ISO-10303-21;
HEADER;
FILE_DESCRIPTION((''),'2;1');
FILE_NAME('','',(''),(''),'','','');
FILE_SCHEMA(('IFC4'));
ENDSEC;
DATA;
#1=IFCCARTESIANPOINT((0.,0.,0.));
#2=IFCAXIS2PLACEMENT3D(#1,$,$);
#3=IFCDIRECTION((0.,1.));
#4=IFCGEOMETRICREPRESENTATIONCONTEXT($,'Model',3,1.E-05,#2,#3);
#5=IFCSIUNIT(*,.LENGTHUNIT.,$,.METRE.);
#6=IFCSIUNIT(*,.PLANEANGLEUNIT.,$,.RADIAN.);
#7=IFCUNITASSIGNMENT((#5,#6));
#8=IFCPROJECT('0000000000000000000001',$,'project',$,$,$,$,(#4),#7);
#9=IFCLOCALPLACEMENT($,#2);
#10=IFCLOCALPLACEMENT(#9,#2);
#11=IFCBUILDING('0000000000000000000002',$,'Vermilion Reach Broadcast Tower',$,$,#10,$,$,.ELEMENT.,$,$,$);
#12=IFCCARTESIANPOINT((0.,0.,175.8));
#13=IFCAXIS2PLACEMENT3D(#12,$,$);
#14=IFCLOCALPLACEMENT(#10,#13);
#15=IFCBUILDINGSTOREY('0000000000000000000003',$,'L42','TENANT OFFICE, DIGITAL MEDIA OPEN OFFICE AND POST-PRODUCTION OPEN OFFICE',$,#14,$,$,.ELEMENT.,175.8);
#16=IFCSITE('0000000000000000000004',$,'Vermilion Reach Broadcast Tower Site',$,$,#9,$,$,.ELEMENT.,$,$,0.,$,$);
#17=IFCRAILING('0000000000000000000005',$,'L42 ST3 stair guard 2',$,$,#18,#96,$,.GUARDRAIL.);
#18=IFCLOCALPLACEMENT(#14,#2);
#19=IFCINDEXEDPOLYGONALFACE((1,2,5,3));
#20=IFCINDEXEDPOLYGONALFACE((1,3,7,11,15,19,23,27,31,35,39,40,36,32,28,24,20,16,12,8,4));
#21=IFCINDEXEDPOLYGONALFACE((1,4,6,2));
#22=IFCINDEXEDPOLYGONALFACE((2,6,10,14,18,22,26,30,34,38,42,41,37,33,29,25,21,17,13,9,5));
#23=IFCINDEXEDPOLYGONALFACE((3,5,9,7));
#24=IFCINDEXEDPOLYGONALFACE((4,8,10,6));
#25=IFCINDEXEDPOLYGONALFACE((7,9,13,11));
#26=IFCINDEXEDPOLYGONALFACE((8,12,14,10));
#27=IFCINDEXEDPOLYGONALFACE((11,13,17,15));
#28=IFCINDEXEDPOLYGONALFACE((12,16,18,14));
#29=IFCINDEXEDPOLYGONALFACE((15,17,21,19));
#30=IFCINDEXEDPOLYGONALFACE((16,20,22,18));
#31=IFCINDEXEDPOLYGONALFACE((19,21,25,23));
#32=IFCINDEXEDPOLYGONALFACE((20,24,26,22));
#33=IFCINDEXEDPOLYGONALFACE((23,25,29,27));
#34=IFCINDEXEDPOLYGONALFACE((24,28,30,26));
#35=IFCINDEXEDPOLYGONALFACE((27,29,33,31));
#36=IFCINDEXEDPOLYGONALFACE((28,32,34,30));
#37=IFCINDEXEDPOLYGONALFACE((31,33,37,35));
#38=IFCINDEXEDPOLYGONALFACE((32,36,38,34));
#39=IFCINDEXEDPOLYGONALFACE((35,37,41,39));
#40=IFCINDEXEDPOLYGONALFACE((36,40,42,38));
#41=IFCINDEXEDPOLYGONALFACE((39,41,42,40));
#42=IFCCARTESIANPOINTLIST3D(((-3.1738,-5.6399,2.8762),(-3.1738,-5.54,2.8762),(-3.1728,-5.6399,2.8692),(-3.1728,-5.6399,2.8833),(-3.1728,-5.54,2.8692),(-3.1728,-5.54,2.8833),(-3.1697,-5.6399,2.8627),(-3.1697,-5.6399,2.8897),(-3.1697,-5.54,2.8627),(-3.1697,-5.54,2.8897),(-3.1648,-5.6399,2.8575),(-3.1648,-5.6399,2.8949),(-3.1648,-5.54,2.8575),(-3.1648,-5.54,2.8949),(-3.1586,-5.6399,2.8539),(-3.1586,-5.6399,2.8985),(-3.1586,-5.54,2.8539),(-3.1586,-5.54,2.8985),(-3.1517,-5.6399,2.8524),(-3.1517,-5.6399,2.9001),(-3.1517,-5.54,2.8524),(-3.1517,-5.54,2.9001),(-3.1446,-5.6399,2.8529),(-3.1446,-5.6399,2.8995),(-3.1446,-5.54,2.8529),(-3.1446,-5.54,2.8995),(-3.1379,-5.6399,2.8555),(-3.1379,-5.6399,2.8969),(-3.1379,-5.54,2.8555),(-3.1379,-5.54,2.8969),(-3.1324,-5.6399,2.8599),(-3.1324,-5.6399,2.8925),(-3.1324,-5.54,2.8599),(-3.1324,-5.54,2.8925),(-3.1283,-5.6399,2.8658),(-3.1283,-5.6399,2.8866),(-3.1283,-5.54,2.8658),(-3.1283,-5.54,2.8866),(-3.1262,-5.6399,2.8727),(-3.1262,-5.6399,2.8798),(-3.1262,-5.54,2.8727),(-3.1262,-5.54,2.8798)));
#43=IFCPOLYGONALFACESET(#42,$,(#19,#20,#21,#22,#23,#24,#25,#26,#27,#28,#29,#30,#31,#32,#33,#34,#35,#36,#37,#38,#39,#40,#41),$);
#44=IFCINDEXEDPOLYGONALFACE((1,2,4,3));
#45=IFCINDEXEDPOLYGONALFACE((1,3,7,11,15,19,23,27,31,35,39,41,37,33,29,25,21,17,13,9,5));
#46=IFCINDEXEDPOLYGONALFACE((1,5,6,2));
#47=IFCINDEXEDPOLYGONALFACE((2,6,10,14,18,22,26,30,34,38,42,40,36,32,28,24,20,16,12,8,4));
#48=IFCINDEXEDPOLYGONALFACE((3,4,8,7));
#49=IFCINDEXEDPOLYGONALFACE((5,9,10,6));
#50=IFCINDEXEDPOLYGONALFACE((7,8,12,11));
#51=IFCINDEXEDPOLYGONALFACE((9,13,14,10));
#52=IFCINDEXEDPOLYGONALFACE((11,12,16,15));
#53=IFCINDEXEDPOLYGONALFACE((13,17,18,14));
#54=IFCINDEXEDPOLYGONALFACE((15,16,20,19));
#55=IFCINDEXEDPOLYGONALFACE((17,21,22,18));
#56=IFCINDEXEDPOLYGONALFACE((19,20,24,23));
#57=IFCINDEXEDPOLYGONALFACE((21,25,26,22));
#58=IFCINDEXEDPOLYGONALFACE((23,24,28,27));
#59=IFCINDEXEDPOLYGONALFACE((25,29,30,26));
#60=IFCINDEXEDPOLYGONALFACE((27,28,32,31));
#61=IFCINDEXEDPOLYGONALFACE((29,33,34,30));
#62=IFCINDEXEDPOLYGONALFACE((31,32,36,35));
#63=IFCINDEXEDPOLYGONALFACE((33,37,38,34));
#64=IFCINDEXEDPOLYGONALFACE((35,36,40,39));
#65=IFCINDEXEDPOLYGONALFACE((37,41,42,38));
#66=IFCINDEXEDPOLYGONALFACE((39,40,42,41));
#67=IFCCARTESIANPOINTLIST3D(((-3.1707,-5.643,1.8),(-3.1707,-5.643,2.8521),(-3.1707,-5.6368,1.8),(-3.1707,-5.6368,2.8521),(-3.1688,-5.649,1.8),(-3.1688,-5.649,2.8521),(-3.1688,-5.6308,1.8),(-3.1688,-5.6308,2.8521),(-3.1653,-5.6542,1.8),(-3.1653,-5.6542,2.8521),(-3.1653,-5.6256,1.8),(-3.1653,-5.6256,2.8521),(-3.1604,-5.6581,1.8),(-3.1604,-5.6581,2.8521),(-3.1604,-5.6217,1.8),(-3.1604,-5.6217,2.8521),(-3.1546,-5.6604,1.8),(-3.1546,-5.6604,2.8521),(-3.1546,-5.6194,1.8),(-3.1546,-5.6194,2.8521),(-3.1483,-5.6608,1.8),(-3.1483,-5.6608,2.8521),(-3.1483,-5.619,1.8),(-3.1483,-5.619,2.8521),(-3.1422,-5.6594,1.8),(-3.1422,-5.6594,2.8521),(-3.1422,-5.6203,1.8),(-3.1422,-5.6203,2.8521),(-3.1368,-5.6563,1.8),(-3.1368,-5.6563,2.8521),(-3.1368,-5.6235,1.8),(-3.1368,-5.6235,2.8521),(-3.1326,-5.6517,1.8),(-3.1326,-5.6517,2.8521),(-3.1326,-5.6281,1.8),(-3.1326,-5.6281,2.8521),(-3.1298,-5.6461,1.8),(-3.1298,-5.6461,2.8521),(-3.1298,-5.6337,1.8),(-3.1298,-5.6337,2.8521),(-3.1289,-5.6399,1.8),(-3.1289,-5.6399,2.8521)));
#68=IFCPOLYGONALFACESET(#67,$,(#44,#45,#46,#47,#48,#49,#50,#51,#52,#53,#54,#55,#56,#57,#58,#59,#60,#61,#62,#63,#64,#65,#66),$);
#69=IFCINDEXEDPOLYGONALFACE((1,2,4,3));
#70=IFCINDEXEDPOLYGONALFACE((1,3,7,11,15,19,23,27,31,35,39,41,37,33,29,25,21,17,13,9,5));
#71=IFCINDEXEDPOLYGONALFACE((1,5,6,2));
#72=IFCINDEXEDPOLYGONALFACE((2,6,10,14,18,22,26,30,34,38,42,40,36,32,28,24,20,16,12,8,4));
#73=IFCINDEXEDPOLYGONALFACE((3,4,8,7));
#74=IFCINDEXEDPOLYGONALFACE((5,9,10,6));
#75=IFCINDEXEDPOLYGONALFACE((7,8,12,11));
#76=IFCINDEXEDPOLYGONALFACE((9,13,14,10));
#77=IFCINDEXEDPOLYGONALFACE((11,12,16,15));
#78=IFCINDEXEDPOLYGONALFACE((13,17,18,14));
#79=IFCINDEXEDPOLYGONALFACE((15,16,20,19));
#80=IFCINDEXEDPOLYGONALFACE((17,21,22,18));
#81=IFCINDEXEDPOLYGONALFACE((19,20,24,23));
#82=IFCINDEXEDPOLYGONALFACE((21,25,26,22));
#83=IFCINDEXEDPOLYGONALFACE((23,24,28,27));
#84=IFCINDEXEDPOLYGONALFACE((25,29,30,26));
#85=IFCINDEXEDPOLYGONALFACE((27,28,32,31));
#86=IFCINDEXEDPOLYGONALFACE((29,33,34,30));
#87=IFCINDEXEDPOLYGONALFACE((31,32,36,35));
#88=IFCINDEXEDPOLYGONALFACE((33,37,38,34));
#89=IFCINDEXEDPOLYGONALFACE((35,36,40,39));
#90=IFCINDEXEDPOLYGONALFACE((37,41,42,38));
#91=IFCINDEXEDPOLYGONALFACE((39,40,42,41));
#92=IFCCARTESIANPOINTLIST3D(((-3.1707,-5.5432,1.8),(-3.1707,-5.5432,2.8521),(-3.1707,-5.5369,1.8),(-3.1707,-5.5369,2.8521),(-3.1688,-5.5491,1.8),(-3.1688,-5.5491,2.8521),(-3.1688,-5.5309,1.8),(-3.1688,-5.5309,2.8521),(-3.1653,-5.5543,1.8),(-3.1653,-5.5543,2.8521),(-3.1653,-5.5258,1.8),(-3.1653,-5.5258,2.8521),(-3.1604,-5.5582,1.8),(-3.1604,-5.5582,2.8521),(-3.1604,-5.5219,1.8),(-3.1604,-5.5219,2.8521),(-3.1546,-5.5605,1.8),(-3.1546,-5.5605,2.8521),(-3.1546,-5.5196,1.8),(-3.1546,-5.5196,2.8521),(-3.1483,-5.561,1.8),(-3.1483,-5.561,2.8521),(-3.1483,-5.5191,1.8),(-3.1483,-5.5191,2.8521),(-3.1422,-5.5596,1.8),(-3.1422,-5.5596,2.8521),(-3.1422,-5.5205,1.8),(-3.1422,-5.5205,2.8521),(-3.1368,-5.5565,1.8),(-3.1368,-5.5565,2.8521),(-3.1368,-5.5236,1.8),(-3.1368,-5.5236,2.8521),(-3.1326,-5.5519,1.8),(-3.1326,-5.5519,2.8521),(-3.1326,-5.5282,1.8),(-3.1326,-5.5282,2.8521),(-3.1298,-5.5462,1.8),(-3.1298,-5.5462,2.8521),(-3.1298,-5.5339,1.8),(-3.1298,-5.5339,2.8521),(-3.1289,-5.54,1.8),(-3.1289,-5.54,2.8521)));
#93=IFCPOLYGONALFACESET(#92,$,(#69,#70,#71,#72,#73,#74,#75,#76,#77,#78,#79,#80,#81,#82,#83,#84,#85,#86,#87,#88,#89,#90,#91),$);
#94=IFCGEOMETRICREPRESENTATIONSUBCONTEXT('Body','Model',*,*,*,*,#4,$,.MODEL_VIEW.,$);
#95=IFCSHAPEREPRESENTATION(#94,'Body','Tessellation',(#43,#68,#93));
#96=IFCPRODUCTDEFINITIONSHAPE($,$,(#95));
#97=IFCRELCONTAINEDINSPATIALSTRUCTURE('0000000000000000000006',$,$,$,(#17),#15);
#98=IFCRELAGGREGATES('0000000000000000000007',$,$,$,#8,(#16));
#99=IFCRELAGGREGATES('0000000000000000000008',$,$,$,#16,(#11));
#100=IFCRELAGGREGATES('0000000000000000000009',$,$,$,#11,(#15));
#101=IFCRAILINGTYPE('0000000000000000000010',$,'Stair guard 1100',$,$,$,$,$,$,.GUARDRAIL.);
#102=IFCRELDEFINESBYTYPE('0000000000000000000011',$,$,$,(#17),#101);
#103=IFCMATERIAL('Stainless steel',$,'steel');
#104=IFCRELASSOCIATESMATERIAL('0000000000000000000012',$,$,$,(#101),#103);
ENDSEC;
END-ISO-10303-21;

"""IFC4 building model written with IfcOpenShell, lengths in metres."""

from ifc_helpers import new_model, si_unit, direction, frame, origin, origin_2d, place, context, subcontext, project, spatial, circle, extrude, material, type_object, element, save


model = new_model("IFC4")

# Units and contexts
model_context = context("Model", 3, precision=1e-05, world=origin(), true_north=direction((0.0, 1.0)))
body_context = subcontext(model_context, "Body", "Model", "MODEL_VIEW")
ifc_project = project(units=[si_unit("LENGTHUNIT", "METRE"), si_unit("PLANEANGLEUNIT", "RADIAN")], contexts=[model_context])

# Site, building, storey
site_placement = place(None, origin())
site = spatial("IfcSite", under=ifc_project, at=site_placement, Name="Vermilion Reach Broadcast Tower Site", CompositionType="ELEMENT", RefElevation=0.0)
building_placement = place(site_placement, origin())
building = spatial("IfcBuilding", under=site, at=building_placement, Name="Vermilion Reach Broadcast Tower", CompositionType="ELEMENT")
storey_placement = place(building_placement, frame((0.0, 0.0, 175.8)))
storey = spatial("IfcBuildingStorey", under=building, at=storey_placement, Name="L42", Description="TENANT OFFICE, DIGITAL MEDIA OPEN OFFICE AND POST-PRODUCTION OPEN OFFICE", CompositionType="ELEMENT", Elevation=175.8)

# Railing
ifc_material_1 = material(Name="Stainless steel", Category="steel")
railing_type_1 = type_object("IfcRailingType", Name="Stair guard 1100", PredefinedType="GUARDRAIL", material=ifc_material_1)
railing_1_placement = place(storey_placement, frame((-3.1499, -5.6399, 1.8)))
element("IfcRailing", 1, at=railing_1_placement, inside=storey, type_object=railing_type_1, Name="L42 ST3 stair guard 2", PredefinedType="GUARDRAIL", context=body_context, shape_type="SweptSolid", body=[
    extrude(circle(Radius=0.0239, at=origin_2d()), frame((0.0, 0.0, 1.0762), z_axis=(0.0, 1.0, 0.0), x_axis=(-1.0, 0.0, 0.0)), (0.0, 0.0, 1.0), 0.0999),
    extrude(circle(Radius=0.021, at=origin_2d()), origin(), (0.0, 0.0, 1.0), 1.052),
    extrude(circle(Radius=0.021, at=origin_2d()), frame((0.0, 0.0999, 0.0)), (0.0, 0.0, 1.0), 1.052),
])

save(model, "model.ifc")
